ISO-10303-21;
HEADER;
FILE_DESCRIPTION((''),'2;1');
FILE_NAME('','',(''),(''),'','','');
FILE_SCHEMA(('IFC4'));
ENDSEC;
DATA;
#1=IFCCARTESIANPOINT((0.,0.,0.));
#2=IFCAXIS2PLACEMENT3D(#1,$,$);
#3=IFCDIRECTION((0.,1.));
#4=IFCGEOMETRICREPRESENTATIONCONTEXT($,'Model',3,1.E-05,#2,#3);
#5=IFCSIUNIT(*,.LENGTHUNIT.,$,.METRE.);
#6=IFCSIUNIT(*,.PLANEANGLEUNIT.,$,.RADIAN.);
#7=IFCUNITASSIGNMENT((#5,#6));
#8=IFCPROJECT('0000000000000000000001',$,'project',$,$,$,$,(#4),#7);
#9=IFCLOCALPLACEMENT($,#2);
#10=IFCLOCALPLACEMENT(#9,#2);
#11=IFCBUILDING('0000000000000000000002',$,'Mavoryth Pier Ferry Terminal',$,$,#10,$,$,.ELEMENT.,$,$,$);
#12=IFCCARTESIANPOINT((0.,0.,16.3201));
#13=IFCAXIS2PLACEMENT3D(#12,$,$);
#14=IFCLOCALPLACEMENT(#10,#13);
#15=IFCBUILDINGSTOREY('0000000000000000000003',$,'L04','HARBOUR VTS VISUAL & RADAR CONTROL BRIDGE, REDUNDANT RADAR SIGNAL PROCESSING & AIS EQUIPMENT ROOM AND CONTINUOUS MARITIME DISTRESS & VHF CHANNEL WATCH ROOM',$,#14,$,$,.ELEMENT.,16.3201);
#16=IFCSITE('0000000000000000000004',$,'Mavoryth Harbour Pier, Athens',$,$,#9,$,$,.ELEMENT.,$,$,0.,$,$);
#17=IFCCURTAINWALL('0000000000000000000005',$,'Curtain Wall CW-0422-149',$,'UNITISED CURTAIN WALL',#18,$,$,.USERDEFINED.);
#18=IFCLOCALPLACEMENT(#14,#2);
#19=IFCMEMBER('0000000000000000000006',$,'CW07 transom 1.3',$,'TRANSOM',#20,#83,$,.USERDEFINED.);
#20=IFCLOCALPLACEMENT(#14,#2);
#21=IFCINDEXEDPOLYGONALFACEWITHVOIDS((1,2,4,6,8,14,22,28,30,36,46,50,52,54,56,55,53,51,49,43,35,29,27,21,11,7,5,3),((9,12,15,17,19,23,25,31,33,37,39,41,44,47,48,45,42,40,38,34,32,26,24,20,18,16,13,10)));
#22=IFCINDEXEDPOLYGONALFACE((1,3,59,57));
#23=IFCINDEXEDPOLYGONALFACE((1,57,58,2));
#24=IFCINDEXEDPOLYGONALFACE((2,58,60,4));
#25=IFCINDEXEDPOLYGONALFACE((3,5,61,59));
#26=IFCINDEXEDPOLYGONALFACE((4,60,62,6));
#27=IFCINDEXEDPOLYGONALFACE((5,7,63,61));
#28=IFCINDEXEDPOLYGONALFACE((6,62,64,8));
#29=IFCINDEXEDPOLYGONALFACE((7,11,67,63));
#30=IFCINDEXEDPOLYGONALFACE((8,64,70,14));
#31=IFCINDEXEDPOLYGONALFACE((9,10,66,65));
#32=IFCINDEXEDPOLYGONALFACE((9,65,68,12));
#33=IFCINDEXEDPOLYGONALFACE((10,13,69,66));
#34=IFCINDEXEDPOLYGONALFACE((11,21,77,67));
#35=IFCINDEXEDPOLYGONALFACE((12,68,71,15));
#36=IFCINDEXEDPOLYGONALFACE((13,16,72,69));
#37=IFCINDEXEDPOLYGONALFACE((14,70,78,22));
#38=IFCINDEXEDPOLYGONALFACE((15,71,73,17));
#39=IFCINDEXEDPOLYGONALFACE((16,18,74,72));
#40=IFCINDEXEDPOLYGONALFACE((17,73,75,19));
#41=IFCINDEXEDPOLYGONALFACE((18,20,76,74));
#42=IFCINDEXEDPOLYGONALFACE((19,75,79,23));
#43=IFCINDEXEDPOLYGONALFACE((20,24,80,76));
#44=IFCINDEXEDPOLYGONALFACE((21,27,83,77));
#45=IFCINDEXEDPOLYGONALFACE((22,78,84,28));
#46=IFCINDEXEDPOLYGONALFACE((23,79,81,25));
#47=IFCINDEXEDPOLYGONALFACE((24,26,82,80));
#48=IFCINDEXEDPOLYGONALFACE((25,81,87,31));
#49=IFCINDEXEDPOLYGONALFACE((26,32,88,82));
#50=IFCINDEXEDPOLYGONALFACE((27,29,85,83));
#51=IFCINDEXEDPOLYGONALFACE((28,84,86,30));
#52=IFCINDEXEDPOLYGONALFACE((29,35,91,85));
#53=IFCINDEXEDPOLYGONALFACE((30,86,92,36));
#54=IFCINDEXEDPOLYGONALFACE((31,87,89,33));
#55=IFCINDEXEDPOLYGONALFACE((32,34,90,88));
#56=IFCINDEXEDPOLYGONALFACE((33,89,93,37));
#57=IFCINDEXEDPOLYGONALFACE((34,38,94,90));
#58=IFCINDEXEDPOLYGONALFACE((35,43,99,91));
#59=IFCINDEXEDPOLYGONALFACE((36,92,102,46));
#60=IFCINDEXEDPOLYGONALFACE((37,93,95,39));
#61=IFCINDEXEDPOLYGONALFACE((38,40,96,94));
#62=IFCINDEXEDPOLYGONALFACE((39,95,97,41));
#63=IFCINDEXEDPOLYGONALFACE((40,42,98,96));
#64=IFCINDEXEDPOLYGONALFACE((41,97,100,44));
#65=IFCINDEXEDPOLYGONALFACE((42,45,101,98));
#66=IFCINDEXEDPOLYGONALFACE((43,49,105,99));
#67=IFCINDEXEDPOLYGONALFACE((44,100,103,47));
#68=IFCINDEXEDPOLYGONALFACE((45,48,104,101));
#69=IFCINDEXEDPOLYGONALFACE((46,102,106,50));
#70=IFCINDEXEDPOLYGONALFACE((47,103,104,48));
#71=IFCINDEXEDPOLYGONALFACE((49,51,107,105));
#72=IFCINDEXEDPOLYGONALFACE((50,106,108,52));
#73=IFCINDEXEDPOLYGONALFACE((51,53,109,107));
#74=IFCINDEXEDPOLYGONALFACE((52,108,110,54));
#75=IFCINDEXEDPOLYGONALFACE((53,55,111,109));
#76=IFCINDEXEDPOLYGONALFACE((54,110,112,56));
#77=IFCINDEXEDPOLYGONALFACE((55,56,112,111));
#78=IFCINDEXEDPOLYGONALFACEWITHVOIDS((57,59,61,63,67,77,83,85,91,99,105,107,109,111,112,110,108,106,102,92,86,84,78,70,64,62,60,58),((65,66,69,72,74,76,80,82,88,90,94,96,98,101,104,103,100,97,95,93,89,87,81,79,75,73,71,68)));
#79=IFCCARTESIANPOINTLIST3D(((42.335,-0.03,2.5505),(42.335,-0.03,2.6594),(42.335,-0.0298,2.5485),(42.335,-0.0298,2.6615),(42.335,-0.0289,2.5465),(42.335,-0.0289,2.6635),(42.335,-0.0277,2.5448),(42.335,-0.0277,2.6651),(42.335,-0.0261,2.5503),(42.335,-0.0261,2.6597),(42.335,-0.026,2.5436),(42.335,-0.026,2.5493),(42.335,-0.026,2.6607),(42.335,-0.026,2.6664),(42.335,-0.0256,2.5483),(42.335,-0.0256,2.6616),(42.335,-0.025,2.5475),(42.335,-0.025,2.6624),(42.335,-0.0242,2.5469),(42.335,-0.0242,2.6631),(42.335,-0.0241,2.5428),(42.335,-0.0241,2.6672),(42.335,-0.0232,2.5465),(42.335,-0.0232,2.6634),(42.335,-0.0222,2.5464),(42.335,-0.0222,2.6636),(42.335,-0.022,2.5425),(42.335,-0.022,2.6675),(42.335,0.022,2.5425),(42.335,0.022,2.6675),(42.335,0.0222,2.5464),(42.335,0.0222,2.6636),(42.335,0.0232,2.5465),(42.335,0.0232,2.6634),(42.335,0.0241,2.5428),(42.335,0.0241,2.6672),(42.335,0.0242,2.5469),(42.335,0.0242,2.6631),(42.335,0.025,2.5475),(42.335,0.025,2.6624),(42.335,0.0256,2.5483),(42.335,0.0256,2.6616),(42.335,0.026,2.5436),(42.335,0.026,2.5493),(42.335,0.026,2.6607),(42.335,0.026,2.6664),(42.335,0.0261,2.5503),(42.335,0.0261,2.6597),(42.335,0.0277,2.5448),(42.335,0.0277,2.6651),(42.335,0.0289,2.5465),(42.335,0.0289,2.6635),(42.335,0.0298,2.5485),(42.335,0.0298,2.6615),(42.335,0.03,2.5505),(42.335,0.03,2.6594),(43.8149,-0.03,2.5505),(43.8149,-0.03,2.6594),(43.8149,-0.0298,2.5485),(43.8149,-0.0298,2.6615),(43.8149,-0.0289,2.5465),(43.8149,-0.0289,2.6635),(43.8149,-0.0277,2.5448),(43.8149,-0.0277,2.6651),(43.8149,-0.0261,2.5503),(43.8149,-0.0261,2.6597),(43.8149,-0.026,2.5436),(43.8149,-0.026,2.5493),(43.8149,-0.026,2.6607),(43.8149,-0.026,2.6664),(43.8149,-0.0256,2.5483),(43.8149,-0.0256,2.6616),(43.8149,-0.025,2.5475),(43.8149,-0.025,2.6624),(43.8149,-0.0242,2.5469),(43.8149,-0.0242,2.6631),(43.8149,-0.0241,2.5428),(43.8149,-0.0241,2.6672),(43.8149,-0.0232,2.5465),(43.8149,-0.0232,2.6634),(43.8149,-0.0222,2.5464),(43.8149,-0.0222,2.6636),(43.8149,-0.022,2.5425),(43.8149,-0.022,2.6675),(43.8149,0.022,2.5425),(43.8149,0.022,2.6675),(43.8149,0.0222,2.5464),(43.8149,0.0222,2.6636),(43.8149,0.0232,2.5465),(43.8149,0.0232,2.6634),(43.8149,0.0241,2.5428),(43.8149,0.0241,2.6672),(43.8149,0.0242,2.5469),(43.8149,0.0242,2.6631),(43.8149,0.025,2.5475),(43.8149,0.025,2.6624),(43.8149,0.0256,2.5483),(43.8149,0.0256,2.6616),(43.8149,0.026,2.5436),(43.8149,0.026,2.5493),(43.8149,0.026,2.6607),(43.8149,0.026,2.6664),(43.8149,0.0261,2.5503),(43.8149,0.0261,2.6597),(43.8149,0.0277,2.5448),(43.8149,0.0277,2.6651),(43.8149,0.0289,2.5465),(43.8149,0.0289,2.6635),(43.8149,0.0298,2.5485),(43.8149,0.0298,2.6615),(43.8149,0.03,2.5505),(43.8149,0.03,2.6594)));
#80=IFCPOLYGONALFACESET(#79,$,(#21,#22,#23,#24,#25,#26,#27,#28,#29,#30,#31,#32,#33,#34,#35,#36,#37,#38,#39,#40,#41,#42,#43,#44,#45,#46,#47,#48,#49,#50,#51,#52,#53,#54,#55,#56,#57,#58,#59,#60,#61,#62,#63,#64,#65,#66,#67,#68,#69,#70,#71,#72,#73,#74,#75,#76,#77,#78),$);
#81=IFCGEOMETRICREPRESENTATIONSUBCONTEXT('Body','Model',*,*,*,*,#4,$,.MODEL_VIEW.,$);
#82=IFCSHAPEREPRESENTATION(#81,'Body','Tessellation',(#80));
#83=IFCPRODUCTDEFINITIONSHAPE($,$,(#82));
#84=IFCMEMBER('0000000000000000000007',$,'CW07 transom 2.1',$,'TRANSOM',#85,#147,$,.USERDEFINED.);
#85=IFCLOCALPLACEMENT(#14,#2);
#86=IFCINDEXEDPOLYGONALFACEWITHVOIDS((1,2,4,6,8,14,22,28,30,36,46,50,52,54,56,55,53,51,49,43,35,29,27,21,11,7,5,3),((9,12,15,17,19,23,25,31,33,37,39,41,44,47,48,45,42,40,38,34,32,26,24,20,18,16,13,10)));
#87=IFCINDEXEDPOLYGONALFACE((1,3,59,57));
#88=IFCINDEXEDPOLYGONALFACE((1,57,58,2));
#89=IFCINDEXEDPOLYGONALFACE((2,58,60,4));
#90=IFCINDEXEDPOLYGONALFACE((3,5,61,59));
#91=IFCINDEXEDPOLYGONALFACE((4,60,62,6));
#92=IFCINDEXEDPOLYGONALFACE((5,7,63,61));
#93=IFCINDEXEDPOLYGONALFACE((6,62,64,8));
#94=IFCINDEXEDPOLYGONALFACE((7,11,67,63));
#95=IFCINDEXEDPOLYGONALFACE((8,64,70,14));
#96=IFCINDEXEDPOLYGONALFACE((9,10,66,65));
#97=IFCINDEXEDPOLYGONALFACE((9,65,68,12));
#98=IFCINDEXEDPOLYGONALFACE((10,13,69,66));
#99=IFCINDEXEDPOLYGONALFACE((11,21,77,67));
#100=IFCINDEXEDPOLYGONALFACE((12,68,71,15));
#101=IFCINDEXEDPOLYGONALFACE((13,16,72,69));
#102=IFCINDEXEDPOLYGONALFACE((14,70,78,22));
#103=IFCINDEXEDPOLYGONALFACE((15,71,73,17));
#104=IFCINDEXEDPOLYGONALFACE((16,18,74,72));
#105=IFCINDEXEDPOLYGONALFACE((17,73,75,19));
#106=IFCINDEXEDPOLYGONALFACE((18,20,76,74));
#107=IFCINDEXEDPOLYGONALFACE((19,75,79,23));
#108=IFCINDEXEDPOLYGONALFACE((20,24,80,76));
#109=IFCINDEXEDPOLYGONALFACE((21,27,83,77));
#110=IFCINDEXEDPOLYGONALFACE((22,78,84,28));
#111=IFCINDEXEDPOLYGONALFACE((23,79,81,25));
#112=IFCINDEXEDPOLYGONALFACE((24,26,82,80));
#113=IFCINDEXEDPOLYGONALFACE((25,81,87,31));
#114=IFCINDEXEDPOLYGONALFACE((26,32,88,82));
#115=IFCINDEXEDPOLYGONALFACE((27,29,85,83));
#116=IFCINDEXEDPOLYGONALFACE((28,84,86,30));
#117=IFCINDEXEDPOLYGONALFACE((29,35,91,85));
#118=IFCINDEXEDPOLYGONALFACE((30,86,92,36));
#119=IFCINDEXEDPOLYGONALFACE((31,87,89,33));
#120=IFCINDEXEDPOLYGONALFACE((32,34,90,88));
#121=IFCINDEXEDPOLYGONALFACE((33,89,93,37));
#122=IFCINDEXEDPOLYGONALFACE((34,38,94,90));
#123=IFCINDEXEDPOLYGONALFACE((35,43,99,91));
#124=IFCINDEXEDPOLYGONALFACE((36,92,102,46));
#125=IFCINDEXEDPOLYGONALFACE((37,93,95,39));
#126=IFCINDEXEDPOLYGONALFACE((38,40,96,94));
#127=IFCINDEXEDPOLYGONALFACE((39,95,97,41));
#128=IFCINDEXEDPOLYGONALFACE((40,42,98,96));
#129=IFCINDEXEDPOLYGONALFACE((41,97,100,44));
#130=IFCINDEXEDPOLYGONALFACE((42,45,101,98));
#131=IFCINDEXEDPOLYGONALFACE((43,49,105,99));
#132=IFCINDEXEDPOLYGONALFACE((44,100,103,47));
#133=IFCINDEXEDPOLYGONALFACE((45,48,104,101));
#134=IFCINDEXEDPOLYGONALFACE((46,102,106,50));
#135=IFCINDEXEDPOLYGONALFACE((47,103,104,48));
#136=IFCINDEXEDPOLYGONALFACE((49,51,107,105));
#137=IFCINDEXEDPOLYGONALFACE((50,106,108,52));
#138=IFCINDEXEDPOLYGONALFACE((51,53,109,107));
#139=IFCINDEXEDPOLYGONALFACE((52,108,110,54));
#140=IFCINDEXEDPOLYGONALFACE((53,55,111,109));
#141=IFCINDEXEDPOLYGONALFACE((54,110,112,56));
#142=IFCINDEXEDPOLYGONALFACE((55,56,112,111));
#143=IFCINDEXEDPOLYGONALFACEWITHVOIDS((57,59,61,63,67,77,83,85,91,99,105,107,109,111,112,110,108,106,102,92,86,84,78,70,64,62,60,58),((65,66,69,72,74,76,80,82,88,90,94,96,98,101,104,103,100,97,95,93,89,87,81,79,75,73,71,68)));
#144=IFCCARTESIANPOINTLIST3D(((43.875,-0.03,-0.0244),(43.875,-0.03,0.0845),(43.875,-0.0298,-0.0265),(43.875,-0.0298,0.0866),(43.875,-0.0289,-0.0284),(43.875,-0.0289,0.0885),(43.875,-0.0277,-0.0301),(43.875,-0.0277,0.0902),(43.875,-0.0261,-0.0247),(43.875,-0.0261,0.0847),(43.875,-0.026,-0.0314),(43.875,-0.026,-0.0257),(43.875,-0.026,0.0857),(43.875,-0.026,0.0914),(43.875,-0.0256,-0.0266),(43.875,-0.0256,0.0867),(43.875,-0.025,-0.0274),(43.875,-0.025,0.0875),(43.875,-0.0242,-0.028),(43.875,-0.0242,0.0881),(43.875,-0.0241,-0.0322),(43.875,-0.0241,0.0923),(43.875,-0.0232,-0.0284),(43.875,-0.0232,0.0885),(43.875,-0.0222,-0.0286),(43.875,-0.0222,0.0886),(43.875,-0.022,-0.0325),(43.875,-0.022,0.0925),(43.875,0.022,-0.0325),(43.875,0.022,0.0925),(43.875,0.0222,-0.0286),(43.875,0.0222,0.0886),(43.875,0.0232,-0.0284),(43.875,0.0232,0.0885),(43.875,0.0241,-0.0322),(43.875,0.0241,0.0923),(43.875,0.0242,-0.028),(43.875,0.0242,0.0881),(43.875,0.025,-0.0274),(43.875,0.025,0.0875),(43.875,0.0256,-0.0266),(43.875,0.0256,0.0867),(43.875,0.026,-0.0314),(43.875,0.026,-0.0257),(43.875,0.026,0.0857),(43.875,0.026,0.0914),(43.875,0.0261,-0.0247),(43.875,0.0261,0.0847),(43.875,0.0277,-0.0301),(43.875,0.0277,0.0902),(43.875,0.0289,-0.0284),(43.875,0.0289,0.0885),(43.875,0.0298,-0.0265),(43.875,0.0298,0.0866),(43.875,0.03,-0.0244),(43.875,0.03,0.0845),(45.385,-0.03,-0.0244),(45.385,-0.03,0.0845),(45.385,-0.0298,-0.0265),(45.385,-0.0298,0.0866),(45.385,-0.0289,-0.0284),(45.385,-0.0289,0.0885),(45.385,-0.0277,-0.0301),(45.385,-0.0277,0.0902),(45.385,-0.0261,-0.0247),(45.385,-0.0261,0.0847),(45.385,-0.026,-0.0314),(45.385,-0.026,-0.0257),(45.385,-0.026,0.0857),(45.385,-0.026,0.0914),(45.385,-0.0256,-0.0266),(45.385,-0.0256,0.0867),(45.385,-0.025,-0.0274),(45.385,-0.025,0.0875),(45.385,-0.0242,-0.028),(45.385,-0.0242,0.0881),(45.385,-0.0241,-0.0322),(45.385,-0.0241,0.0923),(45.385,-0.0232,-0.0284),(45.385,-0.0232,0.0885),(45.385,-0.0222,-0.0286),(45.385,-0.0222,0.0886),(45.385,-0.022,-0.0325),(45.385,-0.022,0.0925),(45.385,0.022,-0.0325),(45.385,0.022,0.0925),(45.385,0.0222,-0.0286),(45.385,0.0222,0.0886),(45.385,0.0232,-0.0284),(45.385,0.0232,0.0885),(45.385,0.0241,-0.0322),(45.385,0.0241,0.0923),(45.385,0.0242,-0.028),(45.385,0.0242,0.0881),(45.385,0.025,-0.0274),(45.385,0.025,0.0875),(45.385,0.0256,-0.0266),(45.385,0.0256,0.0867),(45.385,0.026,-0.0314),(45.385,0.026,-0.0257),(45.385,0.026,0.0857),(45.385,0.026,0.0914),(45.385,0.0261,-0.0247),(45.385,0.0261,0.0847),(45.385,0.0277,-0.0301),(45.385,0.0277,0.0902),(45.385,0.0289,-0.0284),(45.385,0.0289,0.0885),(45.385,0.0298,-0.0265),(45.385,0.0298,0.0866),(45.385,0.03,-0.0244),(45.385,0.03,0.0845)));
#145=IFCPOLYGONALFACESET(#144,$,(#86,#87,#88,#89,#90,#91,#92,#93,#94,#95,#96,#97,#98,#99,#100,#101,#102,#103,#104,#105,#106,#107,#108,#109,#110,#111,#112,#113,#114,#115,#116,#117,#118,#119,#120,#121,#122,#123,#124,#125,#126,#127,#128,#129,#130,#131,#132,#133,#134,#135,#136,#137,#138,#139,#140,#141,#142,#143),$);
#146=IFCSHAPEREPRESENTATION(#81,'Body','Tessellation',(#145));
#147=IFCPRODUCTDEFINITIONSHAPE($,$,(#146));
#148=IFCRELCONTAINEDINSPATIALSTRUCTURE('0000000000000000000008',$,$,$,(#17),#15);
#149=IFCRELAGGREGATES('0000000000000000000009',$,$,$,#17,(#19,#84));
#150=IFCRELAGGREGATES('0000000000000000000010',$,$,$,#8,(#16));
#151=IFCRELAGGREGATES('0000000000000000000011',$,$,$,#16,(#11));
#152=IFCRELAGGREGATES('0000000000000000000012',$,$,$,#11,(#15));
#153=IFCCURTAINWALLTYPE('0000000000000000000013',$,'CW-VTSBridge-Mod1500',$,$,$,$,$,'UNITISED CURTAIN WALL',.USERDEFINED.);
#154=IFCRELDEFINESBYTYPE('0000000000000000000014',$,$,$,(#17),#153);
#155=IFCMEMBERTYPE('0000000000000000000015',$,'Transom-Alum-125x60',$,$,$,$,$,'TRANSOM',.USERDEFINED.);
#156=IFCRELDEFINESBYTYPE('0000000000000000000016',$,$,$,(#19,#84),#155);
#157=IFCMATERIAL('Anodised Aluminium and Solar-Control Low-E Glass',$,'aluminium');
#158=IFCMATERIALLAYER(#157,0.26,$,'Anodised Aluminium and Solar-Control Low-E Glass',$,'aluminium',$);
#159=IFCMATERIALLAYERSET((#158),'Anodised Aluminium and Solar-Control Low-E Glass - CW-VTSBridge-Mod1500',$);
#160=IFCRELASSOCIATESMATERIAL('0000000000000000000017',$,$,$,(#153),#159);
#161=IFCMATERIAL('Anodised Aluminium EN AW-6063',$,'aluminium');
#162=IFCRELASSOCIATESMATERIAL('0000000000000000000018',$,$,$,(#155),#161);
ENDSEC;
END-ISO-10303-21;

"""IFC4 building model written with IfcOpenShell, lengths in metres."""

from ifc_helpers import new_model, si_unit, direction, frame, origin, origin_2d, place, context, subcontext, project, spatial, hollow_rectangle, extrude, material, layer, layer_set, material_profile, profile_set, type_object, element, aggregate, save


model = new_model("IFC4")

# Units and contexts
model_context = context("Model", 3, precision=1e-05, world=origin(), true_north=direction((0.0, 1.0)))
body_context = subcontext(model_context, "Body", "Model", "MODEL_VIEW")
ifc_project = project(units=[si_unit("LENGTHUNIT", "METRE"), si_unit("PLANEANGLEUNIT", "RADIAN")], contexts=[model_context])

# Site, building, storey
site_placement = place(None, origin())
site = spatial("IfcSite", under=ifc_project, at=site_placement, Name="Mavoryth Harbour Pier, Athens", CompositionType="ELEMENT", RefElevation=0.0)
building_placement = place(site_placement, origin())
building = spatial("IfcBuilding", under=site, at=building_placement, Name="Mavoryth Pier Ferry Terminal", CompositionType="ELEMENT")
storey_placement = place(building_placement, frame((0.0, 0.0, 16.3201)))
storey = spatial("IfcBuildingStorey", under=building, at=storey_placement, Name="L04", Description="HARBOUR VTS VISUAL & RADAR CONTROL BRIDGE, REDUNDANT RADAR SIGNAL PROCESSING & AIS EQUIPMENT ROOM AND CONTINUOUS MARITIME DISTRESS & VHF CHANNEL WATCH ROOM", CompositionType="ELEMENT", Elevation=16.3201)

# Curtain wall
ifc_material_1 = material(Name="Anodised Aluminium and Solar-Control Low-E Glass", Category="aluminium")
ifc_layer_1 = layer(ifc_material_1, 0.26, Name="Anodised Aluminium and Solar-Control Low-E Glass", Category="aluminium")
ifc_layer_set_1 = layer_set([ifc_layer_1], Name="Anodised Aluminium and Solar-Control Low-E Glass - CW-VTSBridge-Mod1500")
curtain_wall_type = type_object("IfcCurtainWallType", Name="CW-VTSBridge-Mod1500", ElementType="UNITISED CURTAIN WALL", PredefinedType="USERDEFINED", material=ifc_layer_set_1)
curtain_wall_placement = place(storey_placement, origin())
curtain_wall = element("IfcCurtainWall", 1, at=curtain_wall_placement, inside=storey, type_object=curtain_wall_type, Name="Curtain Wall CW-0422-149", ObjectType="UNITISED CURTAIN WALL", PredefinedType="USERDEFINED")
ifc_material_2 = material(Name="Anodised Aluminium EN AW-6063", Category="aluminium")

# Members
ifc_material_profile_1 = material_profile(ifc_material_2, hollow_rectangle(XDim=0.0601, YDim=0.125, WallThickness=0.0039, InnerFilletRadius=0.0039, OuterFilletRadius=0.0081, at=origin_2d()), Name="AL-TRAN 125x60x4", Category="aluminium")
ifc_profile_set_1 = profile_set([ifc_material_profile_1], Name="Anodised Aluminium EN AW-6063 - AL-TRAN 125x60x4")
member_type_1 = type_object("IfcMemberType", Name="Transom-Alum-125x60", ElementType="TRANSOM", PredefinedType="USERDEFINED", material=ifc_profile_set_1)
member_1_placement = place(storey_placement, frame((42.335, 0.0, 2.605), z_axis=(1.0, 0.0, 0.0), x_axis=(0.0, 1.0, 0.0)))
member_1 = element("IfcMember", 2, at=member_1_placement, type_object=member_type_1, Name="CW07 transom 1.3", ObjectType="TRANSOM", PredefinedType="USERDEFINED", context=body_context, shape_type="SweptSolid", body=[
    extrude(hollow_rectangle(XDim=0.0601, YDim=0.125, WallThickness=0.0039, InnerFilletRadius=0.0039, OuterFilletRadius=0.0081, at=origin_2d()), origin(), (0.0, 0.0, 1.0), 1.48),
])
member_2_placement = place(storey_placement, frame((43.875, 0.0, 0.03), z_axis=(1.0, 0.0, 0.0), x_axis=(0.0, 1.0, 0.0)))
member_2 = element("IfcMember", 3, at=member_2_placement, type_object=member_type_1, Name="CW07 transom 2.1", ObjectType="TRANSOM", PredefinedType="USERDEFINED", context=body_context, shape_type="SweptSolid", body=[
    extrude(hollow_rectangle(XDim=0.0601, YDim=0.125, WallThickness=0.0039, InnerFilletRadius=0.0039, OuterFilletRadius=0.0081, at=origin_2d()), origin(), (0.0, 0.0, 1.0), 1.51),
])

aggregate(curtain_wall, [member_1, member_2])

save(model, "model.ifc")
